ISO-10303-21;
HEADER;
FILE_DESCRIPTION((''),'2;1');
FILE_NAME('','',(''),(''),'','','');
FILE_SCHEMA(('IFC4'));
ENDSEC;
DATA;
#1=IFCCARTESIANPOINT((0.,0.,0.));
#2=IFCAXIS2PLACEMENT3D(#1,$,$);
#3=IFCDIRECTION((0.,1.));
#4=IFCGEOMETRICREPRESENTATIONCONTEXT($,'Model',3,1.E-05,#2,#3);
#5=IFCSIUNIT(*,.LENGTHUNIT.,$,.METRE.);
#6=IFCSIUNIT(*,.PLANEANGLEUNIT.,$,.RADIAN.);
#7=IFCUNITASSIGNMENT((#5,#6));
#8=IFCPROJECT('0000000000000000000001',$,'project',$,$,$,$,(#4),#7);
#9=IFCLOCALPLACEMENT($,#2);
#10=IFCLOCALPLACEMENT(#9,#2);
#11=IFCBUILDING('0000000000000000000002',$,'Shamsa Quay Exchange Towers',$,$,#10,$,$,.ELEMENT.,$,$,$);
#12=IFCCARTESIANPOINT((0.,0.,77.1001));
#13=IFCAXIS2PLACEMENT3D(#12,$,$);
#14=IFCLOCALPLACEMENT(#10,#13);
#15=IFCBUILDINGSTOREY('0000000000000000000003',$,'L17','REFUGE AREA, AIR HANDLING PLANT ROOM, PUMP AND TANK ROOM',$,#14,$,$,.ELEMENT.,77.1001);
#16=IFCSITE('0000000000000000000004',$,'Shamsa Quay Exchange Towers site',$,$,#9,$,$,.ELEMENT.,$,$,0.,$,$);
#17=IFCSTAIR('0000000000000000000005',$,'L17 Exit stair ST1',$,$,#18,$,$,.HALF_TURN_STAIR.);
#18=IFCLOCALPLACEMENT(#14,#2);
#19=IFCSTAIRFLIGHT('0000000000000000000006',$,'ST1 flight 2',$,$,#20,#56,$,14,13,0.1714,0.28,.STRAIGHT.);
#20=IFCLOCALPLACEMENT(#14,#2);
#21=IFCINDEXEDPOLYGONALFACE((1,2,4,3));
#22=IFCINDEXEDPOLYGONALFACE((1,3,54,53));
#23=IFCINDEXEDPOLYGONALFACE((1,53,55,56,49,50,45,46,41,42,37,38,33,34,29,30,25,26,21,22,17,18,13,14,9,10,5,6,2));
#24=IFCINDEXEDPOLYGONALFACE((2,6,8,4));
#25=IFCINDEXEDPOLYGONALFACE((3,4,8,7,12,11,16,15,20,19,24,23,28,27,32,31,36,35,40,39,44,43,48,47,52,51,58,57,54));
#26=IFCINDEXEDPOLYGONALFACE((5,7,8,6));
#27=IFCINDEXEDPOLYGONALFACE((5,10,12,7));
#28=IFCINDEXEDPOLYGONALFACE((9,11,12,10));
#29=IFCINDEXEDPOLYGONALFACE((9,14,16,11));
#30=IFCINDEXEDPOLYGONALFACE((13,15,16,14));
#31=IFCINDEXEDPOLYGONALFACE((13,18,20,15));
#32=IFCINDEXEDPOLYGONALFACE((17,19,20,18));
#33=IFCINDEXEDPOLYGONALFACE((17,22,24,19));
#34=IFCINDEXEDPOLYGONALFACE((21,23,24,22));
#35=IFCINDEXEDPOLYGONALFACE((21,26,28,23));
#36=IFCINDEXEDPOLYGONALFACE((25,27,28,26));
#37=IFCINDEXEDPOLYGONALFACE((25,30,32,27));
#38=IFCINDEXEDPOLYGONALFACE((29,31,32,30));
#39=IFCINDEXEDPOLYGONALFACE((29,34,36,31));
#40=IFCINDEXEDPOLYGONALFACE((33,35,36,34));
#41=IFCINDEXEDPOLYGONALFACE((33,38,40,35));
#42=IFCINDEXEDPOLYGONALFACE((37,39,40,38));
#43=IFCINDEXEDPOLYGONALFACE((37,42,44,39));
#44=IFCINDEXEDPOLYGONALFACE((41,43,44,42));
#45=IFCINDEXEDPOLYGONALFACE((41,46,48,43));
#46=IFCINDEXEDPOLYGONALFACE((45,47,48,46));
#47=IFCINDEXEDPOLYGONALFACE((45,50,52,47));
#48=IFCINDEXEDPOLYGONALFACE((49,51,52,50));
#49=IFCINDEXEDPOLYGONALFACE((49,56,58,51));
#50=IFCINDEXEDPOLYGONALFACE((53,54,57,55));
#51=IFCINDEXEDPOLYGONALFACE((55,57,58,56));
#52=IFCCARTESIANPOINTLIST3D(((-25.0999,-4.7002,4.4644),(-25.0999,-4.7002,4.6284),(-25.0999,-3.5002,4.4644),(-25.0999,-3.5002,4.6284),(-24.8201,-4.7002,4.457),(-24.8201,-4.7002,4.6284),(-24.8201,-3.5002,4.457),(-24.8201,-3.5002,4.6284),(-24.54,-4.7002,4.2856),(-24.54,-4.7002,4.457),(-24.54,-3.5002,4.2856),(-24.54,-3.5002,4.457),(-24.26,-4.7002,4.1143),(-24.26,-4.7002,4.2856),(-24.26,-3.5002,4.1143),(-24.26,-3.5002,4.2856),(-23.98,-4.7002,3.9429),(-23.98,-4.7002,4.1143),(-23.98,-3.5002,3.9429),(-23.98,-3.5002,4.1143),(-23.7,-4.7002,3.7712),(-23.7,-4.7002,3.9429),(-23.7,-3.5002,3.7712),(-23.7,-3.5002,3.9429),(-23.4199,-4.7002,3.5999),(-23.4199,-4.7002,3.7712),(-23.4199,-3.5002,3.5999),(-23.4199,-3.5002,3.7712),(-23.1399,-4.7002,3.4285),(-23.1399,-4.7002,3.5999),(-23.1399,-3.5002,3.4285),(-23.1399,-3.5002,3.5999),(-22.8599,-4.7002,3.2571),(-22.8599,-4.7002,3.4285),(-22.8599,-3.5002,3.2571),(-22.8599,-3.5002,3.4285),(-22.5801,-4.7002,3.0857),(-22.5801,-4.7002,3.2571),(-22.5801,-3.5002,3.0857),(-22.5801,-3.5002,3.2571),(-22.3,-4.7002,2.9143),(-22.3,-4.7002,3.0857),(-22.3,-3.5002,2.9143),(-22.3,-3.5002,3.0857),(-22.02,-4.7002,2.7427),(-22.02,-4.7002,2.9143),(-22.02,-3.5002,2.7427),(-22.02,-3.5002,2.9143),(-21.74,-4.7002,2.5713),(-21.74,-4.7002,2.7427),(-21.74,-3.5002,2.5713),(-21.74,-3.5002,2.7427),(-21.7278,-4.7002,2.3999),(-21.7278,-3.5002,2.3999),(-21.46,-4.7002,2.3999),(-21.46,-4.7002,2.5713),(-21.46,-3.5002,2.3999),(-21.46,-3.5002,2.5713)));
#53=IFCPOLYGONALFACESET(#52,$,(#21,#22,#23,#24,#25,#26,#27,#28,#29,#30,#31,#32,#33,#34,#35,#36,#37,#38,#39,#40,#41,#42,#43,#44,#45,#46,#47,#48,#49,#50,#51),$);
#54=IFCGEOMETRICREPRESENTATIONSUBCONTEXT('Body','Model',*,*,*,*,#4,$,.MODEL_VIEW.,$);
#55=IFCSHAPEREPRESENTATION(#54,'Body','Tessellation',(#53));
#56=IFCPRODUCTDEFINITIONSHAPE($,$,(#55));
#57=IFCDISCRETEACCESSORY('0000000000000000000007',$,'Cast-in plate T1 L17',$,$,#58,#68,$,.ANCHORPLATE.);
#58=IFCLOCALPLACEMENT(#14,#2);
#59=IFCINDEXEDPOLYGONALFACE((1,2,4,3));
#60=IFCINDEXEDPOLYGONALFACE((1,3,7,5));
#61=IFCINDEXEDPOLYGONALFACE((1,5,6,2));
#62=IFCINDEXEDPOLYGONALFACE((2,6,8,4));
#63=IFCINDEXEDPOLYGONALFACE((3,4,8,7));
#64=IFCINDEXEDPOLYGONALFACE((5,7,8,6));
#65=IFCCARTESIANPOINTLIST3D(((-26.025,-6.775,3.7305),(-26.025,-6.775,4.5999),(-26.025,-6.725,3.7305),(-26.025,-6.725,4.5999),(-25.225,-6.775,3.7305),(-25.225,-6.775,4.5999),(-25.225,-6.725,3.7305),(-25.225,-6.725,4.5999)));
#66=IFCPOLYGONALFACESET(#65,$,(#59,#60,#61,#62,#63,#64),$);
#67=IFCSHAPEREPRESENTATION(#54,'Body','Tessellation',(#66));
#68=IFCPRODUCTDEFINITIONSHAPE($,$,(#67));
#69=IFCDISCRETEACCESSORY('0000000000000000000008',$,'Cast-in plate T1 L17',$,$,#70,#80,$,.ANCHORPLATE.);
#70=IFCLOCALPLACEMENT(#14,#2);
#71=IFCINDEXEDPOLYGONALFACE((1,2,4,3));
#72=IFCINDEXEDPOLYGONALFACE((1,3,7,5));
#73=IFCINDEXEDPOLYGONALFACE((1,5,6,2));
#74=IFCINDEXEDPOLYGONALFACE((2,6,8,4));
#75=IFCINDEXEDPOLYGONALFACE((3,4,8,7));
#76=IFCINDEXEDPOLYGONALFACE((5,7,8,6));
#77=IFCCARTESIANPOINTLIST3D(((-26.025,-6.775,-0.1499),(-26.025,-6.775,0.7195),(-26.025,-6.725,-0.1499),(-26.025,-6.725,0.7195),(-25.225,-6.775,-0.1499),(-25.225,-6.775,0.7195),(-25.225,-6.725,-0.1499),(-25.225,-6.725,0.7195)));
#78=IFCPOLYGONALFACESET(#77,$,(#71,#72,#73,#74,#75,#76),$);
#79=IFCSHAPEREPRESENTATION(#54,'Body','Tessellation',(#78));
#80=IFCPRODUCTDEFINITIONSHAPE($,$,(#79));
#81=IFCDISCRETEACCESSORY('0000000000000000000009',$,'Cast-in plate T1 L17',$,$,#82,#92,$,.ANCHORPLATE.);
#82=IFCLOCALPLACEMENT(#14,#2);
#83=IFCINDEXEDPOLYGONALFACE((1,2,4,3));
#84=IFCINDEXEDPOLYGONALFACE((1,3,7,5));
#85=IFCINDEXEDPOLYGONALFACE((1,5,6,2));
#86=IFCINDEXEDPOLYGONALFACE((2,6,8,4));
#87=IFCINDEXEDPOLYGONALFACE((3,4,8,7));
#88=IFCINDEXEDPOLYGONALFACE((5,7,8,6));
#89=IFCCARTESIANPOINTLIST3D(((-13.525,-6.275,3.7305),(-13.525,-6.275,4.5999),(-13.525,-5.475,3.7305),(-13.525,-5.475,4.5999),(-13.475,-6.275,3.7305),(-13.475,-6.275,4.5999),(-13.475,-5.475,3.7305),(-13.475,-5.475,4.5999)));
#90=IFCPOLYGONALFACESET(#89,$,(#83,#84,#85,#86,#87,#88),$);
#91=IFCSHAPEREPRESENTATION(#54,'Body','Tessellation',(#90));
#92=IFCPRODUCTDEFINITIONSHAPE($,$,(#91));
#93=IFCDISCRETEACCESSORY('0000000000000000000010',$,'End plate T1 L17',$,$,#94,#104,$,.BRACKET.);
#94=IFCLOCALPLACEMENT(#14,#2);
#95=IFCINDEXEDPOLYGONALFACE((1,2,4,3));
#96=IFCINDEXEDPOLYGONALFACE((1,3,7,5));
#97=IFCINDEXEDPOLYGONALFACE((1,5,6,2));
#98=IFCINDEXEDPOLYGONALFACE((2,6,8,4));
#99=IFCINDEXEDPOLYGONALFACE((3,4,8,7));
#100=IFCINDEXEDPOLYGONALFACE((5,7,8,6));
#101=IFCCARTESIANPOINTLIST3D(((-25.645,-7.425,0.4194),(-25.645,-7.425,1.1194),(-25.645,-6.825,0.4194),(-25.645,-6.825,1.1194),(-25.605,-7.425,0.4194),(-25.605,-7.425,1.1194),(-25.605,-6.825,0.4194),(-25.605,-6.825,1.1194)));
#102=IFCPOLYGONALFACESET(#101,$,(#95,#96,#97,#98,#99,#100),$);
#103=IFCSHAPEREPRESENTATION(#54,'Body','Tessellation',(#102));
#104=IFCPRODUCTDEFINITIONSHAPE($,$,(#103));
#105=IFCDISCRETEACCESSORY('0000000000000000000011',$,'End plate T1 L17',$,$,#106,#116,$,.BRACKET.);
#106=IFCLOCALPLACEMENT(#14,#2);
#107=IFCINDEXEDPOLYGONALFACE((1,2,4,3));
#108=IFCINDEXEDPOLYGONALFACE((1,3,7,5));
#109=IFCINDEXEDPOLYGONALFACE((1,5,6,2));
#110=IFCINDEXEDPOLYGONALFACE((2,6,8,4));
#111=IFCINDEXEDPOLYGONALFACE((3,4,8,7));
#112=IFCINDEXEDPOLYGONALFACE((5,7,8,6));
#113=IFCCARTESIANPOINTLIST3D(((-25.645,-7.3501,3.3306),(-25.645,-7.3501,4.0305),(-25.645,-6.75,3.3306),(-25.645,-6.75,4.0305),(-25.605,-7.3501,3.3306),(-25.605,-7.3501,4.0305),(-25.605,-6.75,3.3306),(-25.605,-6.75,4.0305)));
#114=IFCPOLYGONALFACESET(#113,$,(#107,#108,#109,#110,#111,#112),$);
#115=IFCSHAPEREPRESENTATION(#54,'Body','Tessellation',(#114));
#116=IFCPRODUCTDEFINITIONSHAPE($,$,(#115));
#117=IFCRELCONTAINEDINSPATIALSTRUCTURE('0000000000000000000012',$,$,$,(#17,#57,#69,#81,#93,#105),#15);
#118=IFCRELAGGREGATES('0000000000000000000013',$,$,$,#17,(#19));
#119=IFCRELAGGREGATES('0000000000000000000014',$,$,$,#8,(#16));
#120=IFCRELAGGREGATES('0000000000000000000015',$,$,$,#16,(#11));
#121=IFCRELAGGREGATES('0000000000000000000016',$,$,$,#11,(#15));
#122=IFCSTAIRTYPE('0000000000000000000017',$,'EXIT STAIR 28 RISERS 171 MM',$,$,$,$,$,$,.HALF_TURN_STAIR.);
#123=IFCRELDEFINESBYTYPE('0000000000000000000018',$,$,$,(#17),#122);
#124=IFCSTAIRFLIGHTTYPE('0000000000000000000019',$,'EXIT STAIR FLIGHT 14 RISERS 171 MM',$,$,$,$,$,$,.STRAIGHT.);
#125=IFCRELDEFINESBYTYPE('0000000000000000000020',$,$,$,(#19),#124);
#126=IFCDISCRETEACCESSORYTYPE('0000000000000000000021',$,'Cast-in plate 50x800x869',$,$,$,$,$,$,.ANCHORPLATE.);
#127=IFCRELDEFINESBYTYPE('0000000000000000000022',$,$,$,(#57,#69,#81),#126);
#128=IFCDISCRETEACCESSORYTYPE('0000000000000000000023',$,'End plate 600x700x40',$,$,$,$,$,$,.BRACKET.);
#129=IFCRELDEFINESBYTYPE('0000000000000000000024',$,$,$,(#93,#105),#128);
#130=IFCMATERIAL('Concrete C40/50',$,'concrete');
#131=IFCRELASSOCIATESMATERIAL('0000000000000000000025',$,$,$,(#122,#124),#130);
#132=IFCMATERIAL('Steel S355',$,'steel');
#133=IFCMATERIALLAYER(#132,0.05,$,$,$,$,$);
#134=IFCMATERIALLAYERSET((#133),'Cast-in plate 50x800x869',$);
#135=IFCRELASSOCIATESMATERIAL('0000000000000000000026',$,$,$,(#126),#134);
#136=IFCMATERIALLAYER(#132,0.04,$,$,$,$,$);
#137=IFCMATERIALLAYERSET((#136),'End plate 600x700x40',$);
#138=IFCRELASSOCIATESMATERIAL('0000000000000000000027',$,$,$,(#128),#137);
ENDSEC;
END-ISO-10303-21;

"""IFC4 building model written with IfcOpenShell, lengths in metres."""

from ifc_helpers import new_model, si_unit, direction, frame, origin, origin_2d, place, context, subcontext, project, spatial, polyline, rectangle, outline, extrude, material, layer, layer_set, type_object, element, aggregate, save


model = new_model("IFC4")

# Units and contexts
model_context = context("Model", 3, precision=1e-05, world=origin(), true_north=direction((0.0, 1.0)))
body_context = subcontext(model_context, "Body", "Model", "MODEL_VIEW")
ifc_project = project(units=[si_unit("LENGTHUNIT", "METRE"), si_unit("PLANEANGLEUNIT", "RADIAN")], contexts=[model_context])

# Site, building, storey
site_placement = place(None, origin())
site = spatial("IfcSite", under=ifc_project, at=site_placement, Name="Shamsa Quay Exchange Towers site", CompositionType="ELEMENT", RefElevation=0.0)
building_placement = place(site_placement, origin())
building = spatial("IfcBuilding", under=site, at=building_placement, Name="Shamsa Quay Exchange Towers", CompositionType="ELEMENT")
storey_placement = place(building_placement, frame((0.0, 0.0, 77.1001)))
storey = spatial("IfcBuildingStorey", under=building, at=storey_placement, Name="L17", Description="REFUGE AREA, AIR HANDLING PLANT ROOM, PUMP AND TANK ROOM", CompositionType="ELEMENT", Elevation=77.1001)

# Shared definitions
ifc_material_1 = material(Name="Steel S355", Category="steel")

# Stair, stair flight
ifc_material_2 = material(Name="Concrete C40/50", Category="concrete")
stair_type = type_object("IfcStairType", Name="EXIT STAIR 28 RISERS 171 MM", PredefinedType="HALF_TURN_STAIR", material=ifc_material_2)
stair_placement = place(storey_placement, origin())
stair = element("IfcStair", 1, at=stair_placement, inside=storey, type_object=stair_type, Name="L17 Exit stair ST1", PredefinedType="HALF_TURN_STAIR")
stair_flight_type = type_object("IfcStairFlightType", Name="EXIT STAIR FLIGHT 14 RISERS 171 MM", PredefinedType="STRAIGHT", material=ifc_material_2)
stair_flight_1_placement = place(storey_placement, frame((-21.46, -4.1001, 2.3999), z_axis=(0.0, 0.0, 1.0), x_axis=(-1.0, 0.0, 0.0)))
stair_flight_1 = element("IfcStairFlight", 2, at=stair_flight_1_placement, type_object=stair_flight_type, Name="ST1 flight 2", NumberOfRisers=14, NumberOfTreads=13, PredefinedType="STRAIGHT", RiserHeight=0.1714, TreadLength=0.28, context=body_context, shape_type="SweptSolid", body=[
    extrude(outline(polyline([(0.0, 0.0), (0.0, 0.1714), (0.28, 0.1714), (0.28, 0.3428), (0.5601, 0.3428), (0.5601, 0.5144), (0.8401, 0.5144), (0.8401, 0.6858), (1.1201, 0.6858), (1.1201, 0.8572), (1.3999, 0.8572), (1.3999, 1.0286), (1.6799, 1.0286), (1.6799, 1.2), (1.96, 1.2), (1.96, 1.3713), (2.24, 1.3713), (2.24, 1.543), (2.52, 1.543), (2.52, 1.7144), (2.8, 1.7144), (2.8, 1.8857), (3.0801, 1.8857), (3.0801, 2.0571), (3.3601, 2.0571), (3.3601, 2.2285), (3.6399, 2.2285), (3.6399, 2.3999), (3.6399, 2.0645), (0.2678, 0.0), (0.0, 0.0)])), frame((0.0, 0.6001, 0.0), z_axis=(0.0, -1.0, 0.0), x_axis=(1.0, 0.0, 0.0)), (0.0, 0.0, 1.0), 1.2),
])
aggregate(stair, [stair_flight_1])

# Discrete accessories
ifc_layer_1 = layer(ifc_material_1, 0.05)
ifc_layer_set_1 = layer_set([ifc_layer_1], Name="Cast-in plate 50x800x869")
discrete_accessory_type_1 = type_object("IfcDiscreteAccessoryType", Name="Cast-in plate 50x800x869", PredefinedType="ANCHORPLATE", material=ifc_layer_set_1)
for number, where, z_axis, x_axis, name in (
    (3, (-25.625, -6.75, 3.7305), (0.0, 0.0, 1.0), (0.0, 1.0, 0.0), "Cast-in plate T1 L17"),
    (4, (-25.625, -6.75, -0.1499), (0.0, 0.0, 1.0), (0.0, 1.0, 0.0), "Cast-in plate T1 L17"),
    (5, (-13.5, -5.875, 3.7305), (0.0, 0.0, 1.0), (-1.0, 0.0, 0.0), "Cast-in plate T1 L17"),
):
    element("IfcDiscreteAccessory", number, at=place(storey_placement, frame(where, z_axis=z_axis, x_axis=x_axis)), inside=storey, type_object=discrete_accessory_type_1, Name=name, PredefinedType="ANCHORPLATE", context=body_context, shape_type="SweptSolid", body=[
        extrude(rectangle(XDim=0.05, YDim=0.8, at=origin_2d()), origin(), (0.0, 0.0, 1.0), 0.8694),
    ])
ifc_layer_2 = layer(ifc_material_1, 0.04)
ifc_layer_set_2 = layer_set([ifc_layer_2], Name="End plate 600x700x40")
discrete_accessory_type_2 = type_object("IfcDiscreteAccessoryType", Name="End plate 600x700x40", PredefinedType="BRACKET", material=ifc_layer_set_2)
for number, where, z_axis, x_axis, name in (
    (6, (-25.625, -7.125, 0.4194), (0.0, 0.0, 1.0), (0.0, 1.0, 0.0), "End plate T1 L17"),
    (7, (-25.625, -7.05, 3.3306), (0.0, 0.0, 1.0), (0.0, 1.0, 0.0), "End plate T1 L17"),
):
    element("IfcDiscreteAccessory", number, at=place(storey_placement, frame(where, z_axis=z_axis, x_axis=x_axis)), inside=storey, type_object=discrete_accessory_type_2, Name=name, PredefinedType="BRACKET", context=body_context, shape_type="SweptSolid", body=[
        extrude(rectangle(XDim=0.6001, YDim=0.04, at=origin_2d()), origin(), (0.0, 0.0, 1.0), 0.7),
    ])

save(model, "model.ifc")
